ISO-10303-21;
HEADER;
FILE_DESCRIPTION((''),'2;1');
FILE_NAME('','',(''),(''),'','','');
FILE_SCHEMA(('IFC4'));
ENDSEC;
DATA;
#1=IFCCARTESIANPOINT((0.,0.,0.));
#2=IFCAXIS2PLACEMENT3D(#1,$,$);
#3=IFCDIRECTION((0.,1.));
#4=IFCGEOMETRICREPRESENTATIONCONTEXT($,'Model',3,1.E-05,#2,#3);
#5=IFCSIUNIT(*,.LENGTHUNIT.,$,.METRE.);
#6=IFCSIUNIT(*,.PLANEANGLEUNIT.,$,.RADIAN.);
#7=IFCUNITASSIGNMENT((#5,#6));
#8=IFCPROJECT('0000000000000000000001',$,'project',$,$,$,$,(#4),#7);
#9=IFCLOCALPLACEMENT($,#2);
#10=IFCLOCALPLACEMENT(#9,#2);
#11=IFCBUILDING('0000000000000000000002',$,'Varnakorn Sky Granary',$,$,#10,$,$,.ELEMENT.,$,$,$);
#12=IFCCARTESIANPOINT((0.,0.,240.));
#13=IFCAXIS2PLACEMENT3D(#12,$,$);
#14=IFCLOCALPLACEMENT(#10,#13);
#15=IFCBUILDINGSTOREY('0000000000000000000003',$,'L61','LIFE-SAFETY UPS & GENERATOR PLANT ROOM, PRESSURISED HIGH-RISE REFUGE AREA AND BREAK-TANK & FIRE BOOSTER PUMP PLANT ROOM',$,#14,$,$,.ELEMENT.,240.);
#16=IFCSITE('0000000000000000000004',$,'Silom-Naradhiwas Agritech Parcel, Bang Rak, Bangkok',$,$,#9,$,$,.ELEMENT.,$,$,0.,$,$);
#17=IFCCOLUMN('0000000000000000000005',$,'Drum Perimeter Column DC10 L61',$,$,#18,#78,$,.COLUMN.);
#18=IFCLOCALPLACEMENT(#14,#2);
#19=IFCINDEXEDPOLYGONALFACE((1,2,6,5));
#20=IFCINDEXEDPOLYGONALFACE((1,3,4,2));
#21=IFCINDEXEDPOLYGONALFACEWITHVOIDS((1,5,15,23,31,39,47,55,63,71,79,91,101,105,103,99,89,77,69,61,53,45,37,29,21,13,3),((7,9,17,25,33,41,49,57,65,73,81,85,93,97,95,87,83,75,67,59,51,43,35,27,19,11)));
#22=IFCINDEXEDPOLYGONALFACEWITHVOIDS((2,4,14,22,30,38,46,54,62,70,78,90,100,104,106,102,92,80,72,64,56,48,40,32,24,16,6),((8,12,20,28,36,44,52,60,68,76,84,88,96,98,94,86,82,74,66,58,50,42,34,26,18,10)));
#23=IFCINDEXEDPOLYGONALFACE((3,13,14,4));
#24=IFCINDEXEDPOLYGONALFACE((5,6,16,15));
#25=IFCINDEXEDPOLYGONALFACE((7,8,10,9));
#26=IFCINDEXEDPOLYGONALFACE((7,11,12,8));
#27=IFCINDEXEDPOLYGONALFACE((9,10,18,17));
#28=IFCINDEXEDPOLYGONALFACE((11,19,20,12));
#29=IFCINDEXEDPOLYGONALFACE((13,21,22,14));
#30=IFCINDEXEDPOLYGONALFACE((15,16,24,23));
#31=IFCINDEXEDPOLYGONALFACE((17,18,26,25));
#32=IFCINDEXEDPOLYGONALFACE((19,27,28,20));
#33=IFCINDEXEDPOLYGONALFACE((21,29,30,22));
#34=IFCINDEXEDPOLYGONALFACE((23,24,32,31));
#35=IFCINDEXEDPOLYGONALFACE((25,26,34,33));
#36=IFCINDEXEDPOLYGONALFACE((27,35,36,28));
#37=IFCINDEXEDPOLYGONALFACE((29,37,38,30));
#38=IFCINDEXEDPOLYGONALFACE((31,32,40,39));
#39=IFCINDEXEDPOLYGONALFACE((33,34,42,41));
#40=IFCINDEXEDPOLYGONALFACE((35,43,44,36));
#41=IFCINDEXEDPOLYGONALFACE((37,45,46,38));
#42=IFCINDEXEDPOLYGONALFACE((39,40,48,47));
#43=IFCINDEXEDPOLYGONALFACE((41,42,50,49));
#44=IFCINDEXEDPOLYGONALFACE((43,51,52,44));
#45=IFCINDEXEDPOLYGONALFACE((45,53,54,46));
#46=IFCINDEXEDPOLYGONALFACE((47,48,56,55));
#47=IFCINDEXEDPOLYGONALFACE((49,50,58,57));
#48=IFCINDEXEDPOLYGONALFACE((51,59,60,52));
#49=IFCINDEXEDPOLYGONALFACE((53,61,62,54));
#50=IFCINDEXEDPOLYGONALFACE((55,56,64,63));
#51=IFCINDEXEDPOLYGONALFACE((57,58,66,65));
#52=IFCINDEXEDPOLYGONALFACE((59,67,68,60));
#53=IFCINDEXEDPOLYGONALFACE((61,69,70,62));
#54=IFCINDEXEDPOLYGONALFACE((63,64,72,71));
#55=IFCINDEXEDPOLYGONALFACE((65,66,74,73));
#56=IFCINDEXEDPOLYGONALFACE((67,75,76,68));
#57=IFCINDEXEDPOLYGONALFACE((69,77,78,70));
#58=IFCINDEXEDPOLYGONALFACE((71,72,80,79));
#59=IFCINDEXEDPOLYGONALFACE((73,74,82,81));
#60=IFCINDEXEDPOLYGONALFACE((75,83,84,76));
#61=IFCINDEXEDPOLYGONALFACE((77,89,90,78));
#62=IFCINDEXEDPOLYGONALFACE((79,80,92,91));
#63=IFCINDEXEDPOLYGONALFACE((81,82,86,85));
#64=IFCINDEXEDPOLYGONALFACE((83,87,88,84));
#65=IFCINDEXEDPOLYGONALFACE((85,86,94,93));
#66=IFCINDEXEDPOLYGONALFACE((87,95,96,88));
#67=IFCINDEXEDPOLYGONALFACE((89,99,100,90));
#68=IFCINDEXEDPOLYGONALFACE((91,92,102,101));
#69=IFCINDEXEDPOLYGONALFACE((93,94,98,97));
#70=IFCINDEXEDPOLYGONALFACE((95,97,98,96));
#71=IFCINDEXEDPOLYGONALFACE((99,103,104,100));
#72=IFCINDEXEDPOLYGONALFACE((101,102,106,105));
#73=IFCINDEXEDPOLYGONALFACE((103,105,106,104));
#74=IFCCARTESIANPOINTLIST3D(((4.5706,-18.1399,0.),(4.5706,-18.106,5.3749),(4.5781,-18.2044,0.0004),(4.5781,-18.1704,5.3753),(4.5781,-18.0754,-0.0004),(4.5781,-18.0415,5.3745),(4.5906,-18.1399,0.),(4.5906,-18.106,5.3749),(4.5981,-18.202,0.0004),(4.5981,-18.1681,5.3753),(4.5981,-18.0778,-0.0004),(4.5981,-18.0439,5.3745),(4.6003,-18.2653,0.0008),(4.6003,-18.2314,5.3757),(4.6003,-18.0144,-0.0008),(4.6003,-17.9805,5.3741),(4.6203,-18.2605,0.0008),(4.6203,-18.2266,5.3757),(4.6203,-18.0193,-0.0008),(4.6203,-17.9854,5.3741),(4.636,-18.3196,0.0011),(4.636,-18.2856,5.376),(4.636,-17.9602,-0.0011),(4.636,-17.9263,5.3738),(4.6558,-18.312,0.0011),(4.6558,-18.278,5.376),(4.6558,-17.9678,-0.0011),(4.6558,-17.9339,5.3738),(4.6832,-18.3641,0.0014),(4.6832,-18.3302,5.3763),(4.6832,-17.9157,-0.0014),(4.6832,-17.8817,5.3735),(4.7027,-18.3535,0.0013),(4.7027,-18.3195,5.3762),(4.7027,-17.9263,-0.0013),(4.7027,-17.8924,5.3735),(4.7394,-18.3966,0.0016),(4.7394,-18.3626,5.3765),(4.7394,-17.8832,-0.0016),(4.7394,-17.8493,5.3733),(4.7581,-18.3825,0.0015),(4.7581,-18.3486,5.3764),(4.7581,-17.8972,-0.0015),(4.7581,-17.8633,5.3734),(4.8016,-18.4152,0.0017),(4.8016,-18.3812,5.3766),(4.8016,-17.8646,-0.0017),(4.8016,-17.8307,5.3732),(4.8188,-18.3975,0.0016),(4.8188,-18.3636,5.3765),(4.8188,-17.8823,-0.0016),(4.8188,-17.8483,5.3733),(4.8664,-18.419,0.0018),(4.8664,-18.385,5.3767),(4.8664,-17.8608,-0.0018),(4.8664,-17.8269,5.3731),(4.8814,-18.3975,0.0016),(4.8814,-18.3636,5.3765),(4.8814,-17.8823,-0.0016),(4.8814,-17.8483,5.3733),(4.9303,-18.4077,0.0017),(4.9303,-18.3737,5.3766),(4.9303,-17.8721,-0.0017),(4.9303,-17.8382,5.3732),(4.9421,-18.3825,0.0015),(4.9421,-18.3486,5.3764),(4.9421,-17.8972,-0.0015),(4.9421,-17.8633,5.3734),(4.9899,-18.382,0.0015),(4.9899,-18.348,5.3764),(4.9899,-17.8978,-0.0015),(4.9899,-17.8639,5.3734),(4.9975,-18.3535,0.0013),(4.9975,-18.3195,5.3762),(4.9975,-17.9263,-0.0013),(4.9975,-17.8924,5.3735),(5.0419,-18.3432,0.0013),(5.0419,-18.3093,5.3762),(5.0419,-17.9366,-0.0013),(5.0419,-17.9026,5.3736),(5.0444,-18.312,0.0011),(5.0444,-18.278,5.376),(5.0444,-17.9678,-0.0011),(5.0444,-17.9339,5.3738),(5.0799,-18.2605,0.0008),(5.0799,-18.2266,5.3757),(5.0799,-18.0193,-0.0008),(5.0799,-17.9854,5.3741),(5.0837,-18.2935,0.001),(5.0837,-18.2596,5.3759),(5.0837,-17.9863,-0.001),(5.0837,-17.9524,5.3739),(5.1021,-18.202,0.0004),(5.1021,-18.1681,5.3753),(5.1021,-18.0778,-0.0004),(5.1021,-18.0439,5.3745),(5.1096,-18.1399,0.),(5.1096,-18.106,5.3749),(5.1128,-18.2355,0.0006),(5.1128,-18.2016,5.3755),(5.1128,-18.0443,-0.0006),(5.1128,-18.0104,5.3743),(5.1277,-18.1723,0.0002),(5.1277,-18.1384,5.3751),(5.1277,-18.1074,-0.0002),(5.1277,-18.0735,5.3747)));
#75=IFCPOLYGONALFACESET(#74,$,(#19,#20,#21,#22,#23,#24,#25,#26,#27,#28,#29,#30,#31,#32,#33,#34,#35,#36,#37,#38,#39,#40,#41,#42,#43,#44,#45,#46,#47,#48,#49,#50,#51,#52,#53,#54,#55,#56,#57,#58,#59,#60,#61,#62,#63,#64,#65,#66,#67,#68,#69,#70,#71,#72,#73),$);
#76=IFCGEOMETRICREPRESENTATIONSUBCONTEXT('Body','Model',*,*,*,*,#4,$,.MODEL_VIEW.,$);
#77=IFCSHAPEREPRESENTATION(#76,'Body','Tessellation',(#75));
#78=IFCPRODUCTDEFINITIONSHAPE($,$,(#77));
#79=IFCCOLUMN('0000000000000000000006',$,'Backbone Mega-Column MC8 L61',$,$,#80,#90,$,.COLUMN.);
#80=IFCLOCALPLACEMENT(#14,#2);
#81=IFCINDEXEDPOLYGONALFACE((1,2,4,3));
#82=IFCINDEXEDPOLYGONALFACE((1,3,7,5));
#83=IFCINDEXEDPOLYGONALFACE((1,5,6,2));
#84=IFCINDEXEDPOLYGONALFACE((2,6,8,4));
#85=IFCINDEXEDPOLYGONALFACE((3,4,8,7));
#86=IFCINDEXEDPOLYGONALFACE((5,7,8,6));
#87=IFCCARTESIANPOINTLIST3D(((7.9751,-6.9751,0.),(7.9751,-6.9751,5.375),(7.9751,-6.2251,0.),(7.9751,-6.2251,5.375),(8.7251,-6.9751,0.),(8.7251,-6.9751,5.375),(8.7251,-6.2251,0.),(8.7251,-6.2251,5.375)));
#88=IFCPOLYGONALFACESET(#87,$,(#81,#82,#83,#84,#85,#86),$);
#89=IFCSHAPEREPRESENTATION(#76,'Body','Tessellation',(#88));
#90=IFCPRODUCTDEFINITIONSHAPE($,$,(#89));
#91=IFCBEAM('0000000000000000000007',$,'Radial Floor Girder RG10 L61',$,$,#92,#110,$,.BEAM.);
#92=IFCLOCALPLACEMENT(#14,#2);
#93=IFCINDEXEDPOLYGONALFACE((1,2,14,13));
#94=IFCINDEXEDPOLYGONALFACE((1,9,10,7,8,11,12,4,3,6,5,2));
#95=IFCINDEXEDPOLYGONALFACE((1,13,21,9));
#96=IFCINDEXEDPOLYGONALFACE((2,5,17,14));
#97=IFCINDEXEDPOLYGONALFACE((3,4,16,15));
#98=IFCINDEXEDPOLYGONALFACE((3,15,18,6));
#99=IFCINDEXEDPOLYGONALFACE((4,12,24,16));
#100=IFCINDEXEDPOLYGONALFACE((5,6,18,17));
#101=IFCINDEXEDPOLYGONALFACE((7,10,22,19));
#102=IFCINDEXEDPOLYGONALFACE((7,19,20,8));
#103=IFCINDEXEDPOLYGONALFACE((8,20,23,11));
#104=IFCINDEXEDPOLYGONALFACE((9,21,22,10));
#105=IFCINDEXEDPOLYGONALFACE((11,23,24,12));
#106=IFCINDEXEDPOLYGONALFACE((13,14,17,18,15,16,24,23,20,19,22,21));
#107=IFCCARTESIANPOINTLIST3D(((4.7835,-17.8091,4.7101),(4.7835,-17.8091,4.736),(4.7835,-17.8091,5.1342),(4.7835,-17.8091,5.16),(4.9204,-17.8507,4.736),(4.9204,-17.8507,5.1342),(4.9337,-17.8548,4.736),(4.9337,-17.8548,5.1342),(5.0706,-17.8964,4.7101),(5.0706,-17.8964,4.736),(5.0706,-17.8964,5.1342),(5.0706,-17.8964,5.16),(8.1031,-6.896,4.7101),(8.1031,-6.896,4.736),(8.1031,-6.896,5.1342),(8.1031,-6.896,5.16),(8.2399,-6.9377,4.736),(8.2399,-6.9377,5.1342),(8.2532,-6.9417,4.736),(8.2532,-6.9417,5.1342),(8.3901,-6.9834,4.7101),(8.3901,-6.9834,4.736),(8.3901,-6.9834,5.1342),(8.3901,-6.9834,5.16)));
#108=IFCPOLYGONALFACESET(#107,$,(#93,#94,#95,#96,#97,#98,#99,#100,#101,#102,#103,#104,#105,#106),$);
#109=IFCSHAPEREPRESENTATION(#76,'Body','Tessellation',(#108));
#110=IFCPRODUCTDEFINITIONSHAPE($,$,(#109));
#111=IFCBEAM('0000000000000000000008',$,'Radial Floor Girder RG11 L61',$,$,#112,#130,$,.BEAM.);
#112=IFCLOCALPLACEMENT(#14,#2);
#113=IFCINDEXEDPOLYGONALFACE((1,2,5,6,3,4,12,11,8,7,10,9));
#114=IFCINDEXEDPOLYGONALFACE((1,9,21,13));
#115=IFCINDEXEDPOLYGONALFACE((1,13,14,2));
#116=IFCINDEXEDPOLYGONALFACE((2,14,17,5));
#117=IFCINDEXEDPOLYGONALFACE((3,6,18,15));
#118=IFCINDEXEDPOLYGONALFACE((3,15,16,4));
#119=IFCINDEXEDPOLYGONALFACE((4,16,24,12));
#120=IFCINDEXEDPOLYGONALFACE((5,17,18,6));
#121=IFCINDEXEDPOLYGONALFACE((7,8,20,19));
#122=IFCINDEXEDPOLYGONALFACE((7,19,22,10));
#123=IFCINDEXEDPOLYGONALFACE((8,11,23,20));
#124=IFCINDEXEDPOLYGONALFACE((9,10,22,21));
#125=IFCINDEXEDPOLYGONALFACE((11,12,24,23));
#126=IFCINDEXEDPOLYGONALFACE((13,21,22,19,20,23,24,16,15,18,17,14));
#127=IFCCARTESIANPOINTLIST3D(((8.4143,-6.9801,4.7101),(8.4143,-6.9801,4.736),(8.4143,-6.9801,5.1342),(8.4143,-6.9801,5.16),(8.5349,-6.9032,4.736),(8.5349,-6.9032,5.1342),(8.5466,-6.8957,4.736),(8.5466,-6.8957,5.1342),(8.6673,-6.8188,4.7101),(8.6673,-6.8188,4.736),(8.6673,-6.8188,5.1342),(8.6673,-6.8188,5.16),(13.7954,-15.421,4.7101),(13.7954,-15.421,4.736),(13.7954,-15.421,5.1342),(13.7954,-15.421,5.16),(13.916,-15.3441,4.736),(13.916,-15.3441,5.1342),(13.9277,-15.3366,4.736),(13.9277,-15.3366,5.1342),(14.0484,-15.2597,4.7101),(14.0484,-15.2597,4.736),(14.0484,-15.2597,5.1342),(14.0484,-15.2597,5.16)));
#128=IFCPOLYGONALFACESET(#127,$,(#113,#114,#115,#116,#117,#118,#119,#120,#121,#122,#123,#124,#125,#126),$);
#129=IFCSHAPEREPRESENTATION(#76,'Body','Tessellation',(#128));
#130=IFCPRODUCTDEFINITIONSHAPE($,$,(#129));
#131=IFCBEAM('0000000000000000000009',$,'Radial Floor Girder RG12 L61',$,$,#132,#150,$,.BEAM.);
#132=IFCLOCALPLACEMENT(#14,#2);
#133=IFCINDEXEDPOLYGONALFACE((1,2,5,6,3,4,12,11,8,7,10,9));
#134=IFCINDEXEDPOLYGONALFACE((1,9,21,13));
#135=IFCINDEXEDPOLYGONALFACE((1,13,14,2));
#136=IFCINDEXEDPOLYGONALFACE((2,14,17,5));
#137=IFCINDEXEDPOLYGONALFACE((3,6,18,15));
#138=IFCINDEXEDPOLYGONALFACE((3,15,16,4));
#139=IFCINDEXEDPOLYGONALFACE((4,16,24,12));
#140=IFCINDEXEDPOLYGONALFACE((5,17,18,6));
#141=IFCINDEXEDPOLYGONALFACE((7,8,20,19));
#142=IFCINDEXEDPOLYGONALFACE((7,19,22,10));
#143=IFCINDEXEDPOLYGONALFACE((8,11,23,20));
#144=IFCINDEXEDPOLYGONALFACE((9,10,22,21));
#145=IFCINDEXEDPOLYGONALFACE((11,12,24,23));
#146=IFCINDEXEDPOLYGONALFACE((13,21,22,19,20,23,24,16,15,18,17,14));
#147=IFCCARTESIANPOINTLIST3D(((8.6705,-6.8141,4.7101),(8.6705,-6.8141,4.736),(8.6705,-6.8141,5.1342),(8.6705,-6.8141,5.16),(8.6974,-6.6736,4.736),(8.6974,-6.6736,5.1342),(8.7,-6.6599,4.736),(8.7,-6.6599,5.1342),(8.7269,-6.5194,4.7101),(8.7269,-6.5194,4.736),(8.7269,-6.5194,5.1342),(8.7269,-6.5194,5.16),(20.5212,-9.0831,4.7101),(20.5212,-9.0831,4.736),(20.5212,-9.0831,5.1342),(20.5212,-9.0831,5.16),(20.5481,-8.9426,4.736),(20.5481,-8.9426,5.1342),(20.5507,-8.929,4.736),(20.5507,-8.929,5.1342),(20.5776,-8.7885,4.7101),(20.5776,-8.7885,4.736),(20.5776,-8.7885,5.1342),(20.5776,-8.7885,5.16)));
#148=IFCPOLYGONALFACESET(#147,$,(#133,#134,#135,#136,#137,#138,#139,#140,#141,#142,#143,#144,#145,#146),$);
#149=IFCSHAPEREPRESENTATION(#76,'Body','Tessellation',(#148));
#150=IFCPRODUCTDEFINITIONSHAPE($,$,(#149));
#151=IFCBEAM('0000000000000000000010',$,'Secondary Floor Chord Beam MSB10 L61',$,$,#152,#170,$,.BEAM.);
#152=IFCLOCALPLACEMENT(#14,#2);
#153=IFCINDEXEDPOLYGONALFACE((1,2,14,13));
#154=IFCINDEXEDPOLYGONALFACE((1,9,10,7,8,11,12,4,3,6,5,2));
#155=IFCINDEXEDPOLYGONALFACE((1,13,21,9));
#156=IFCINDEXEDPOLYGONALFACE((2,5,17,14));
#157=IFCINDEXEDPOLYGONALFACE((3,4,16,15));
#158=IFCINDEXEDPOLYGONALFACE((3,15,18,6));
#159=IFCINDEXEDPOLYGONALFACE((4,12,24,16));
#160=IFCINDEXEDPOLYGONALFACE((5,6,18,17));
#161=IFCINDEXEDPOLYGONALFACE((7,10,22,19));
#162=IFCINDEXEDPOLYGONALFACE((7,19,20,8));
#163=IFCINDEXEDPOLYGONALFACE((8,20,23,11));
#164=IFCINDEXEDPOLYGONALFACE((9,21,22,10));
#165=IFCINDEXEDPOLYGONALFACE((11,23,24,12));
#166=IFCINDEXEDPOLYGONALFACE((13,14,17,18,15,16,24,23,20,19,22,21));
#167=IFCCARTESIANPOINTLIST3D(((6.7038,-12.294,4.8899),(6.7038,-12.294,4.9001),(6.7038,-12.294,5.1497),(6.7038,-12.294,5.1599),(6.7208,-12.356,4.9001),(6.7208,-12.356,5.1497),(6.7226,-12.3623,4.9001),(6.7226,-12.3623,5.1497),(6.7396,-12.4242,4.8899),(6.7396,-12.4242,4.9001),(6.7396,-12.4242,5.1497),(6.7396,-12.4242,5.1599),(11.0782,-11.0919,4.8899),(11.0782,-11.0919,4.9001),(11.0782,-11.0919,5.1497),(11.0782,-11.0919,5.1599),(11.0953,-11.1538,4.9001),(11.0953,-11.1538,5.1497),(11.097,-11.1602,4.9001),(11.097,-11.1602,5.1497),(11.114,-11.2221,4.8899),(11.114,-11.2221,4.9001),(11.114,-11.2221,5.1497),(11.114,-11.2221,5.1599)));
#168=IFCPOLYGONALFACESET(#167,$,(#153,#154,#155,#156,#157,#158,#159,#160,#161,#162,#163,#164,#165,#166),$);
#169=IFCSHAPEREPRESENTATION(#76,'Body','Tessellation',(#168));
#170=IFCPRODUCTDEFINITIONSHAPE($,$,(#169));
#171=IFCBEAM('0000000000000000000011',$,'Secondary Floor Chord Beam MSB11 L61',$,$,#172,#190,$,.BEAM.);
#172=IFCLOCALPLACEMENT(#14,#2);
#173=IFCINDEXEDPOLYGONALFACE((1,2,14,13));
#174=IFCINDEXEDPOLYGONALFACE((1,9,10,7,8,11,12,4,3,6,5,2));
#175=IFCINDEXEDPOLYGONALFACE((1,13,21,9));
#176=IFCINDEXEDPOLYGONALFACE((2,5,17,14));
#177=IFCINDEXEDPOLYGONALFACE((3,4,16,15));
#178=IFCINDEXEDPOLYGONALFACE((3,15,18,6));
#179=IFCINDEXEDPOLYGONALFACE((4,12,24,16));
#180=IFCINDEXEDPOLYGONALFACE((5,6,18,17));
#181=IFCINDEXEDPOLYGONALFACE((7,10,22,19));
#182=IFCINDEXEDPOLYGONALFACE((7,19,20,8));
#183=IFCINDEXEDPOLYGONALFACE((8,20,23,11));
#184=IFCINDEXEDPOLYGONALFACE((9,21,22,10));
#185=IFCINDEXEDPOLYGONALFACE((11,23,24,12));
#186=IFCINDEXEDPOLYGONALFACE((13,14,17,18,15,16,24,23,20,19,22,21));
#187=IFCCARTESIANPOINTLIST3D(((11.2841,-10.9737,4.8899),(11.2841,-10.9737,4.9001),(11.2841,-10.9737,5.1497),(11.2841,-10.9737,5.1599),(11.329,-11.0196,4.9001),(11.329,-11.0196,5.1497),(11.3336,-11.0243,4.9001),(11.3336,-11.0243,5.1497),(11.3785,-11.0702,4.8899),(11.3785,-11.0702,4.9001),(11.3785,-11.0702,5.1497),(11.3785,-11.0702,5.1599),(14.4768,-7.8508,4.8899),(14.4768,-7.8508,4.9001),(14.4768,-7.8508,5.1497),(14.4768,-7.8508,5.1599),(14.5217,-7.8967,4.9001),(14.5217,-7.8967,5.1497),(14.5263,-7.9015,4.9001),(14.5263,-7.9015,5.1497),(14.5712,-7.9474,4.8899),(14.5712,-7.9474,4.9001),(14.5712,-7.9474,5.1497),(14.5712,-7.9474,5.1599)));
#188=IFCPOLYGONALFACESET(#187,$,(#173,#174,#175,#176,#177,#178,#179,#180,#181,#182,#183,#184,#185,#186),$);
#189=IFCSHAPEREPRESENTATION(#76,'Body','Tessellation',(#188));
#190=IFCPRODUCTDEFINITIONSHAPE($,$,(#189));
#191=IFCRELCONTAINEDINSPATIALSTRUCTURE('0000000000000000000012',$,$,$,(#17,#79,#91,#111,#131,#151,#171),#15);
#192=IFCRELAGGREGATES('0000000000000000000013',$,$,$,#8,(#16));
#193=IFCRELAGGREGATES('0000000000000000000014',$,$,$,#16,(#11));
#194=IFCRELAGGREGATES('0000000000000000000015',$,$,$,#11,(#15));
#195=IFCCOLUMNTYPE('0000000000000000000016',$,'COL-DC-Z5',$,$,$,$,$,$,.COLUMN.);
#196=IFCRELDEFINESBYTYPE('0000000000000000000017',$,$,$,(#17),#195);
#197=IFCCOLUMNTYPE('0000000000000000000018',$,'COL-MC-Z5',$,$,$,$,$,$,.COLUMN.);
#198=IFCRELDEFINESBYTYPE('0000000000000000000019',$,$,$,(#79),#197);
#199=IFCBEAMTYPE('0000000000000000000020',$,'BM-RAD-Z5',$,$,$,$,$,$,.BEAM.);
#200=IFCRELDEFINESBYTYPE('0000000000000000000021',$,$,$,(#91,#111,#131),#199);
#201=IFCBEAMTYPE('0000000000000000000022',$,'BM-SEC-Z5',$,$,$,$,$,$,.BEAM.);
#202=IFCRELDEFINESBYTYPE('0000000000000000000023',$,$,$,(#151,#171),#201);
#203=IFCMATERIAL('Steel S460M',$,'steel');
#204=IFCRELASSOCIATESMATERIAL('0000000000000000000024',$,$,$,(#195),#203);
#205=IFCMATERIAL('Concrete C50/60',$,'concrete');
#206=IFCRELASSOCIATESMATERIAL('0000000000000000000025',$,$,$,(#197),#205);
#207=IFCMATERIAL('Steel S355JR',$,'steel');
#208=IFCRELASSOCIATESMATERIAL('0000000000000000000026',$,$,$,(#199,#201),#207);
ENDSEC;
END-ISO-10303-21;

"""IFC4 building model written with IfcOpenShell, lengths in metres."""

from ifc_helpers import new_model, si_unit, direction, frame, origin, origin_2d, place, context, subcontext, project, spatial, rectangle, hollow_circle, i_section, extrude, material, material_profile, profile_set, type_object, element, save


model = new_model("IFC4")

# Units and contexts
model_context = context("Model", 3, precision=1e-05, world=origin(), true_north=direction((0.0, 1.0)))
body_context = subcontext(model_context, "Body", "Model", "MODEL_VIEW")
ifc_project = project(units=[si_unit("LENGTHUNIT", "METRE"), si_unit("PLANEANGLEUNIT", "RADIAN")], contexts=[model_context])

# Site, building, storey
site_placement = place(None, origin())
site = spatial("IfcSite", under=ifc_project, at=site_placement, Name="Silom-Naradhiwas Agritech Parcel, Bang Rak, Bangkok", CompositionType="ELEMENT", RefElevation=0.0)
building_placement = place(site_placement, origin())
building = spatial("IfcBuilding", under=site, at=building_placement, Name="Varnakorn Sky Granary", CompositionType="ELEMENT")
storey_placement = place(building_placement, frame((0.0, 0.0, 240.0)))
storey = spatial("IfcBuildingStorey", under=building, at=storey_placement, Name="L61", Description="LIFE-SAFETY UPS & GENERATOR PLANT ROOM, PRESSURISED HIGH-RISE REFUGE AREA AND BREAK-TANK & FIRE BOOSTER PUMP PLANT ROOM", CompositionType="ELEMENT", Elevation=240.0)

# Columns
ifc_material_1 = material(Name="Steel S460M", Category="steel")
ifc_material_profile_1 = material_profile(ifc_material_1, hollow_circle(Radius=0.2795, WallThickness=0.02, at=origin_2d()), Name="CHS 559x20")
ifc_profile_set_1 = profile_set([ifc_material_profile_1], Name="Steel S460M")
column_type_1 = type_object("IfcColumnType", Name="COL-DC-Z5", PredefinedType="COLUMN", material=ifc_profile_set_1)
column_1_placement = place(storey_placement, frame((4.8501, -18.1399, 0.0), z_axis=(0.0, 0.006313, 0.99998), x_axis=(-1.0, 0.0, 0.0)))
element("IfcColumn", 1, at=column_1_placement, inside=storey, type_object=column_type_1, Name="Drum Perimeter Column DC10 L61", PredefinedType="COLUMN", context=body_context, shape_type="SweptSolid", body=[
    extrude(hollow_circle(Radius=0.2795, WallThickness=0.02, at=origin_2d()), origin(), (0.0, 0.0, 1.0), 5.375),
])
ifc_material_2 = material(Name="Concrete C50/60", Category="concrete")
ifc_material_profile_2 = material_profile(ifc_material_2, rectangle(XDim=0.75, YDim=0.75, at=origin_2d()), Name="RC 750x750")
ifc_profile_set_2 = profile_set([ifc_material_profile_2], Name="Concrete C50/60")
column_type_2 = type_object("IfcColumnType", Name="COL-MC-Z5", PredefinedType="COLUMN", material=ifc_profile_set_2)
column_2_placement = place(storey_placement, frame((8.3501, -6.6001, 0.0), z_axis=(0.0, 0.0, 1.0), x_axis=(1.0, 0.0, 0.0)))
element("IfcColumn", 2, at=column_2_placement, inside=storey, type_object=column_type_2, Name="Backbone Mega-Column MC8 L61", PredefinedType="COLUMN", context=body_context, shape_type="SweptSolid", body=[
    extrude(rectangle(XDim=0.75, YDim=0.75, at=origin_2d()), origin(), (0.0, 0.0, 1.0), 5.375),
])

# Beams
ifc_material_3 = material(Name="Steel S355JR", Category="steel")
ifc_material_profile_3 = material_profile(ifc_material_3, i_section(OverallWidth=0.3, OverallDepth=0.45, WebThickness=0.0139, FlangeThickness=0.0259, at=origin_2d()), Name="HE 450 B")
ifc_profile_set_3 = profile_set([ifc_material_profile_3], Name="Steel S355JR")
beam_type_1 = type_object("IfcBeamType", Name="BM-RAD-Z5", PredefinedType="BEAM", material=ifc_profile_set_3)
beam_1_placement = place(storey_placement, frame((8.2466, -6.9397, 4.9351), z_axis=(-0.291018, -0.956718, 0.0), x_axis=(0.956718, -0.291018, 0.0)))
element("IfcBeam", 3, at=beam_1_placement, inside=storey, type_object=beam_type_1, Name="Radial Floor Girder RG10 L61", PredefinedType="BEAM", context=body_context, shape_type="SweptSolid", body=[
    extrude(i_section(OverallWidth=0.3, OverallDepth=0.45, WebThickness=0.0139, FlangeThickness=0.0259, at=origin_2d()), origin(), (0.0, 0.0, 1.0), 11.4067),
])
beam_2_placement = place(storey_placement, frame((8.5408, -6.8994, 4.9351), z_axis=(0.537559, -0.843226, 0.0), x_axis=(0.843226, 0.537559, 0.0)))
element("IfcBeam", 4, at=beam_2_placement, inside=storey, type_object=beam_type_1, Name="Radial Floor Girder RG11 L61", PredefinedType="BEAM", context=body_context, shape_type="SweptSolid", body=[
    extrude(i_section(OverallWidth=0.3, OverallDepth=0.45, WebThickness=0.0139, FlangeThickness=0.0259, at=origin_2d()), origin(), (0.0, 0.0, 1.0), 10.0103),
])
beam_3_placement = place(storey_placement, frame((8.6987, -6.6667, 4.9351), z_axis=(0.982159, -0.188055, 0.0), x_axis=(0.188055, 0.982159, 0.0)))
element("IfcBeam", 5, at=beam_3_placement, inside=storey, type_object=beam_type_1, Name="Radial Floor Girder RG12 L61", PredefinedType="BEAM", context=body_context, shape_type="SweptSolid", body=[
    extrude(i_section(OverallWidth=0.3, OverallDepth=0.45, WebThickness=0.0139, FlangeThickness=0.0259, at=origin_2d()), origin(), (0.0, 0.0, 1.0), 12.0659),
])
ifc_material_profile_4 = material_profile(ifc_material_3, i_section(OverallWidth=0.135, OverallDepth=0.27, WebThickness=0.0066, FlangeThickness=0.0103, at=origin_2d()), Name="IPE 270")
ifc_profile_set_4 = profile_set([ifc_material_profile_4], Name="Steel S355JR")
beam_type_2 = type_object("IfcBeamType", Name="BM-SEC-Z5", PredefinedType="BEAM", material=ifc_profile_set_4)
beam_4_placement = place(storey_placement, frame((6.7217, -12.3591, 5.0249), z_axis=(0.964253, 0.264984, 0.0), x_axis=(-0.264984, 0.964253, 0.0)))
element("IfcBeam", 6, at=beam_4_placement, inside=storey, type_object=beam_type_2, Name="Secondary Floor Chord Beam MSB10 L61", PredefinedType="BEAM", context=body_context, shape_type="SweptSolid", body=[
    extrude(i_section(OverallWidth=0.135, OverallDepth=0.27, WebThickness=0.0066, FlangeThickness=0.0103, at=origin_2d()), origin(), (0.0, 0.0, 1.0), 4.5366),
])
beam_5_placement = place(storey_placement, frame((11.3313, -11.022, 5.0249), z_axis=(0.714881, 0.699246, 0.0), x_axis=(-0.699246, 0.714881, 0.0)))
element("IfcBeam", 7, at=beam_5_placement, inside=storey, type_object=beam_type_2, Name="Secondary Floor Chord Beam MSB11 L61", PredefinedType="BEAM", context=body_context, shape_type="SweptSolid", body=[
    extrude(i_section(OverallWidth=0.135, OverallDepth=0.27, WebThickness=0.0066, FlangeThickness=0.0103, at=origin_2d()), origin(), (0.0, 0.0, 1.0), 4.4661),
])

save(model, "model.ifc")
